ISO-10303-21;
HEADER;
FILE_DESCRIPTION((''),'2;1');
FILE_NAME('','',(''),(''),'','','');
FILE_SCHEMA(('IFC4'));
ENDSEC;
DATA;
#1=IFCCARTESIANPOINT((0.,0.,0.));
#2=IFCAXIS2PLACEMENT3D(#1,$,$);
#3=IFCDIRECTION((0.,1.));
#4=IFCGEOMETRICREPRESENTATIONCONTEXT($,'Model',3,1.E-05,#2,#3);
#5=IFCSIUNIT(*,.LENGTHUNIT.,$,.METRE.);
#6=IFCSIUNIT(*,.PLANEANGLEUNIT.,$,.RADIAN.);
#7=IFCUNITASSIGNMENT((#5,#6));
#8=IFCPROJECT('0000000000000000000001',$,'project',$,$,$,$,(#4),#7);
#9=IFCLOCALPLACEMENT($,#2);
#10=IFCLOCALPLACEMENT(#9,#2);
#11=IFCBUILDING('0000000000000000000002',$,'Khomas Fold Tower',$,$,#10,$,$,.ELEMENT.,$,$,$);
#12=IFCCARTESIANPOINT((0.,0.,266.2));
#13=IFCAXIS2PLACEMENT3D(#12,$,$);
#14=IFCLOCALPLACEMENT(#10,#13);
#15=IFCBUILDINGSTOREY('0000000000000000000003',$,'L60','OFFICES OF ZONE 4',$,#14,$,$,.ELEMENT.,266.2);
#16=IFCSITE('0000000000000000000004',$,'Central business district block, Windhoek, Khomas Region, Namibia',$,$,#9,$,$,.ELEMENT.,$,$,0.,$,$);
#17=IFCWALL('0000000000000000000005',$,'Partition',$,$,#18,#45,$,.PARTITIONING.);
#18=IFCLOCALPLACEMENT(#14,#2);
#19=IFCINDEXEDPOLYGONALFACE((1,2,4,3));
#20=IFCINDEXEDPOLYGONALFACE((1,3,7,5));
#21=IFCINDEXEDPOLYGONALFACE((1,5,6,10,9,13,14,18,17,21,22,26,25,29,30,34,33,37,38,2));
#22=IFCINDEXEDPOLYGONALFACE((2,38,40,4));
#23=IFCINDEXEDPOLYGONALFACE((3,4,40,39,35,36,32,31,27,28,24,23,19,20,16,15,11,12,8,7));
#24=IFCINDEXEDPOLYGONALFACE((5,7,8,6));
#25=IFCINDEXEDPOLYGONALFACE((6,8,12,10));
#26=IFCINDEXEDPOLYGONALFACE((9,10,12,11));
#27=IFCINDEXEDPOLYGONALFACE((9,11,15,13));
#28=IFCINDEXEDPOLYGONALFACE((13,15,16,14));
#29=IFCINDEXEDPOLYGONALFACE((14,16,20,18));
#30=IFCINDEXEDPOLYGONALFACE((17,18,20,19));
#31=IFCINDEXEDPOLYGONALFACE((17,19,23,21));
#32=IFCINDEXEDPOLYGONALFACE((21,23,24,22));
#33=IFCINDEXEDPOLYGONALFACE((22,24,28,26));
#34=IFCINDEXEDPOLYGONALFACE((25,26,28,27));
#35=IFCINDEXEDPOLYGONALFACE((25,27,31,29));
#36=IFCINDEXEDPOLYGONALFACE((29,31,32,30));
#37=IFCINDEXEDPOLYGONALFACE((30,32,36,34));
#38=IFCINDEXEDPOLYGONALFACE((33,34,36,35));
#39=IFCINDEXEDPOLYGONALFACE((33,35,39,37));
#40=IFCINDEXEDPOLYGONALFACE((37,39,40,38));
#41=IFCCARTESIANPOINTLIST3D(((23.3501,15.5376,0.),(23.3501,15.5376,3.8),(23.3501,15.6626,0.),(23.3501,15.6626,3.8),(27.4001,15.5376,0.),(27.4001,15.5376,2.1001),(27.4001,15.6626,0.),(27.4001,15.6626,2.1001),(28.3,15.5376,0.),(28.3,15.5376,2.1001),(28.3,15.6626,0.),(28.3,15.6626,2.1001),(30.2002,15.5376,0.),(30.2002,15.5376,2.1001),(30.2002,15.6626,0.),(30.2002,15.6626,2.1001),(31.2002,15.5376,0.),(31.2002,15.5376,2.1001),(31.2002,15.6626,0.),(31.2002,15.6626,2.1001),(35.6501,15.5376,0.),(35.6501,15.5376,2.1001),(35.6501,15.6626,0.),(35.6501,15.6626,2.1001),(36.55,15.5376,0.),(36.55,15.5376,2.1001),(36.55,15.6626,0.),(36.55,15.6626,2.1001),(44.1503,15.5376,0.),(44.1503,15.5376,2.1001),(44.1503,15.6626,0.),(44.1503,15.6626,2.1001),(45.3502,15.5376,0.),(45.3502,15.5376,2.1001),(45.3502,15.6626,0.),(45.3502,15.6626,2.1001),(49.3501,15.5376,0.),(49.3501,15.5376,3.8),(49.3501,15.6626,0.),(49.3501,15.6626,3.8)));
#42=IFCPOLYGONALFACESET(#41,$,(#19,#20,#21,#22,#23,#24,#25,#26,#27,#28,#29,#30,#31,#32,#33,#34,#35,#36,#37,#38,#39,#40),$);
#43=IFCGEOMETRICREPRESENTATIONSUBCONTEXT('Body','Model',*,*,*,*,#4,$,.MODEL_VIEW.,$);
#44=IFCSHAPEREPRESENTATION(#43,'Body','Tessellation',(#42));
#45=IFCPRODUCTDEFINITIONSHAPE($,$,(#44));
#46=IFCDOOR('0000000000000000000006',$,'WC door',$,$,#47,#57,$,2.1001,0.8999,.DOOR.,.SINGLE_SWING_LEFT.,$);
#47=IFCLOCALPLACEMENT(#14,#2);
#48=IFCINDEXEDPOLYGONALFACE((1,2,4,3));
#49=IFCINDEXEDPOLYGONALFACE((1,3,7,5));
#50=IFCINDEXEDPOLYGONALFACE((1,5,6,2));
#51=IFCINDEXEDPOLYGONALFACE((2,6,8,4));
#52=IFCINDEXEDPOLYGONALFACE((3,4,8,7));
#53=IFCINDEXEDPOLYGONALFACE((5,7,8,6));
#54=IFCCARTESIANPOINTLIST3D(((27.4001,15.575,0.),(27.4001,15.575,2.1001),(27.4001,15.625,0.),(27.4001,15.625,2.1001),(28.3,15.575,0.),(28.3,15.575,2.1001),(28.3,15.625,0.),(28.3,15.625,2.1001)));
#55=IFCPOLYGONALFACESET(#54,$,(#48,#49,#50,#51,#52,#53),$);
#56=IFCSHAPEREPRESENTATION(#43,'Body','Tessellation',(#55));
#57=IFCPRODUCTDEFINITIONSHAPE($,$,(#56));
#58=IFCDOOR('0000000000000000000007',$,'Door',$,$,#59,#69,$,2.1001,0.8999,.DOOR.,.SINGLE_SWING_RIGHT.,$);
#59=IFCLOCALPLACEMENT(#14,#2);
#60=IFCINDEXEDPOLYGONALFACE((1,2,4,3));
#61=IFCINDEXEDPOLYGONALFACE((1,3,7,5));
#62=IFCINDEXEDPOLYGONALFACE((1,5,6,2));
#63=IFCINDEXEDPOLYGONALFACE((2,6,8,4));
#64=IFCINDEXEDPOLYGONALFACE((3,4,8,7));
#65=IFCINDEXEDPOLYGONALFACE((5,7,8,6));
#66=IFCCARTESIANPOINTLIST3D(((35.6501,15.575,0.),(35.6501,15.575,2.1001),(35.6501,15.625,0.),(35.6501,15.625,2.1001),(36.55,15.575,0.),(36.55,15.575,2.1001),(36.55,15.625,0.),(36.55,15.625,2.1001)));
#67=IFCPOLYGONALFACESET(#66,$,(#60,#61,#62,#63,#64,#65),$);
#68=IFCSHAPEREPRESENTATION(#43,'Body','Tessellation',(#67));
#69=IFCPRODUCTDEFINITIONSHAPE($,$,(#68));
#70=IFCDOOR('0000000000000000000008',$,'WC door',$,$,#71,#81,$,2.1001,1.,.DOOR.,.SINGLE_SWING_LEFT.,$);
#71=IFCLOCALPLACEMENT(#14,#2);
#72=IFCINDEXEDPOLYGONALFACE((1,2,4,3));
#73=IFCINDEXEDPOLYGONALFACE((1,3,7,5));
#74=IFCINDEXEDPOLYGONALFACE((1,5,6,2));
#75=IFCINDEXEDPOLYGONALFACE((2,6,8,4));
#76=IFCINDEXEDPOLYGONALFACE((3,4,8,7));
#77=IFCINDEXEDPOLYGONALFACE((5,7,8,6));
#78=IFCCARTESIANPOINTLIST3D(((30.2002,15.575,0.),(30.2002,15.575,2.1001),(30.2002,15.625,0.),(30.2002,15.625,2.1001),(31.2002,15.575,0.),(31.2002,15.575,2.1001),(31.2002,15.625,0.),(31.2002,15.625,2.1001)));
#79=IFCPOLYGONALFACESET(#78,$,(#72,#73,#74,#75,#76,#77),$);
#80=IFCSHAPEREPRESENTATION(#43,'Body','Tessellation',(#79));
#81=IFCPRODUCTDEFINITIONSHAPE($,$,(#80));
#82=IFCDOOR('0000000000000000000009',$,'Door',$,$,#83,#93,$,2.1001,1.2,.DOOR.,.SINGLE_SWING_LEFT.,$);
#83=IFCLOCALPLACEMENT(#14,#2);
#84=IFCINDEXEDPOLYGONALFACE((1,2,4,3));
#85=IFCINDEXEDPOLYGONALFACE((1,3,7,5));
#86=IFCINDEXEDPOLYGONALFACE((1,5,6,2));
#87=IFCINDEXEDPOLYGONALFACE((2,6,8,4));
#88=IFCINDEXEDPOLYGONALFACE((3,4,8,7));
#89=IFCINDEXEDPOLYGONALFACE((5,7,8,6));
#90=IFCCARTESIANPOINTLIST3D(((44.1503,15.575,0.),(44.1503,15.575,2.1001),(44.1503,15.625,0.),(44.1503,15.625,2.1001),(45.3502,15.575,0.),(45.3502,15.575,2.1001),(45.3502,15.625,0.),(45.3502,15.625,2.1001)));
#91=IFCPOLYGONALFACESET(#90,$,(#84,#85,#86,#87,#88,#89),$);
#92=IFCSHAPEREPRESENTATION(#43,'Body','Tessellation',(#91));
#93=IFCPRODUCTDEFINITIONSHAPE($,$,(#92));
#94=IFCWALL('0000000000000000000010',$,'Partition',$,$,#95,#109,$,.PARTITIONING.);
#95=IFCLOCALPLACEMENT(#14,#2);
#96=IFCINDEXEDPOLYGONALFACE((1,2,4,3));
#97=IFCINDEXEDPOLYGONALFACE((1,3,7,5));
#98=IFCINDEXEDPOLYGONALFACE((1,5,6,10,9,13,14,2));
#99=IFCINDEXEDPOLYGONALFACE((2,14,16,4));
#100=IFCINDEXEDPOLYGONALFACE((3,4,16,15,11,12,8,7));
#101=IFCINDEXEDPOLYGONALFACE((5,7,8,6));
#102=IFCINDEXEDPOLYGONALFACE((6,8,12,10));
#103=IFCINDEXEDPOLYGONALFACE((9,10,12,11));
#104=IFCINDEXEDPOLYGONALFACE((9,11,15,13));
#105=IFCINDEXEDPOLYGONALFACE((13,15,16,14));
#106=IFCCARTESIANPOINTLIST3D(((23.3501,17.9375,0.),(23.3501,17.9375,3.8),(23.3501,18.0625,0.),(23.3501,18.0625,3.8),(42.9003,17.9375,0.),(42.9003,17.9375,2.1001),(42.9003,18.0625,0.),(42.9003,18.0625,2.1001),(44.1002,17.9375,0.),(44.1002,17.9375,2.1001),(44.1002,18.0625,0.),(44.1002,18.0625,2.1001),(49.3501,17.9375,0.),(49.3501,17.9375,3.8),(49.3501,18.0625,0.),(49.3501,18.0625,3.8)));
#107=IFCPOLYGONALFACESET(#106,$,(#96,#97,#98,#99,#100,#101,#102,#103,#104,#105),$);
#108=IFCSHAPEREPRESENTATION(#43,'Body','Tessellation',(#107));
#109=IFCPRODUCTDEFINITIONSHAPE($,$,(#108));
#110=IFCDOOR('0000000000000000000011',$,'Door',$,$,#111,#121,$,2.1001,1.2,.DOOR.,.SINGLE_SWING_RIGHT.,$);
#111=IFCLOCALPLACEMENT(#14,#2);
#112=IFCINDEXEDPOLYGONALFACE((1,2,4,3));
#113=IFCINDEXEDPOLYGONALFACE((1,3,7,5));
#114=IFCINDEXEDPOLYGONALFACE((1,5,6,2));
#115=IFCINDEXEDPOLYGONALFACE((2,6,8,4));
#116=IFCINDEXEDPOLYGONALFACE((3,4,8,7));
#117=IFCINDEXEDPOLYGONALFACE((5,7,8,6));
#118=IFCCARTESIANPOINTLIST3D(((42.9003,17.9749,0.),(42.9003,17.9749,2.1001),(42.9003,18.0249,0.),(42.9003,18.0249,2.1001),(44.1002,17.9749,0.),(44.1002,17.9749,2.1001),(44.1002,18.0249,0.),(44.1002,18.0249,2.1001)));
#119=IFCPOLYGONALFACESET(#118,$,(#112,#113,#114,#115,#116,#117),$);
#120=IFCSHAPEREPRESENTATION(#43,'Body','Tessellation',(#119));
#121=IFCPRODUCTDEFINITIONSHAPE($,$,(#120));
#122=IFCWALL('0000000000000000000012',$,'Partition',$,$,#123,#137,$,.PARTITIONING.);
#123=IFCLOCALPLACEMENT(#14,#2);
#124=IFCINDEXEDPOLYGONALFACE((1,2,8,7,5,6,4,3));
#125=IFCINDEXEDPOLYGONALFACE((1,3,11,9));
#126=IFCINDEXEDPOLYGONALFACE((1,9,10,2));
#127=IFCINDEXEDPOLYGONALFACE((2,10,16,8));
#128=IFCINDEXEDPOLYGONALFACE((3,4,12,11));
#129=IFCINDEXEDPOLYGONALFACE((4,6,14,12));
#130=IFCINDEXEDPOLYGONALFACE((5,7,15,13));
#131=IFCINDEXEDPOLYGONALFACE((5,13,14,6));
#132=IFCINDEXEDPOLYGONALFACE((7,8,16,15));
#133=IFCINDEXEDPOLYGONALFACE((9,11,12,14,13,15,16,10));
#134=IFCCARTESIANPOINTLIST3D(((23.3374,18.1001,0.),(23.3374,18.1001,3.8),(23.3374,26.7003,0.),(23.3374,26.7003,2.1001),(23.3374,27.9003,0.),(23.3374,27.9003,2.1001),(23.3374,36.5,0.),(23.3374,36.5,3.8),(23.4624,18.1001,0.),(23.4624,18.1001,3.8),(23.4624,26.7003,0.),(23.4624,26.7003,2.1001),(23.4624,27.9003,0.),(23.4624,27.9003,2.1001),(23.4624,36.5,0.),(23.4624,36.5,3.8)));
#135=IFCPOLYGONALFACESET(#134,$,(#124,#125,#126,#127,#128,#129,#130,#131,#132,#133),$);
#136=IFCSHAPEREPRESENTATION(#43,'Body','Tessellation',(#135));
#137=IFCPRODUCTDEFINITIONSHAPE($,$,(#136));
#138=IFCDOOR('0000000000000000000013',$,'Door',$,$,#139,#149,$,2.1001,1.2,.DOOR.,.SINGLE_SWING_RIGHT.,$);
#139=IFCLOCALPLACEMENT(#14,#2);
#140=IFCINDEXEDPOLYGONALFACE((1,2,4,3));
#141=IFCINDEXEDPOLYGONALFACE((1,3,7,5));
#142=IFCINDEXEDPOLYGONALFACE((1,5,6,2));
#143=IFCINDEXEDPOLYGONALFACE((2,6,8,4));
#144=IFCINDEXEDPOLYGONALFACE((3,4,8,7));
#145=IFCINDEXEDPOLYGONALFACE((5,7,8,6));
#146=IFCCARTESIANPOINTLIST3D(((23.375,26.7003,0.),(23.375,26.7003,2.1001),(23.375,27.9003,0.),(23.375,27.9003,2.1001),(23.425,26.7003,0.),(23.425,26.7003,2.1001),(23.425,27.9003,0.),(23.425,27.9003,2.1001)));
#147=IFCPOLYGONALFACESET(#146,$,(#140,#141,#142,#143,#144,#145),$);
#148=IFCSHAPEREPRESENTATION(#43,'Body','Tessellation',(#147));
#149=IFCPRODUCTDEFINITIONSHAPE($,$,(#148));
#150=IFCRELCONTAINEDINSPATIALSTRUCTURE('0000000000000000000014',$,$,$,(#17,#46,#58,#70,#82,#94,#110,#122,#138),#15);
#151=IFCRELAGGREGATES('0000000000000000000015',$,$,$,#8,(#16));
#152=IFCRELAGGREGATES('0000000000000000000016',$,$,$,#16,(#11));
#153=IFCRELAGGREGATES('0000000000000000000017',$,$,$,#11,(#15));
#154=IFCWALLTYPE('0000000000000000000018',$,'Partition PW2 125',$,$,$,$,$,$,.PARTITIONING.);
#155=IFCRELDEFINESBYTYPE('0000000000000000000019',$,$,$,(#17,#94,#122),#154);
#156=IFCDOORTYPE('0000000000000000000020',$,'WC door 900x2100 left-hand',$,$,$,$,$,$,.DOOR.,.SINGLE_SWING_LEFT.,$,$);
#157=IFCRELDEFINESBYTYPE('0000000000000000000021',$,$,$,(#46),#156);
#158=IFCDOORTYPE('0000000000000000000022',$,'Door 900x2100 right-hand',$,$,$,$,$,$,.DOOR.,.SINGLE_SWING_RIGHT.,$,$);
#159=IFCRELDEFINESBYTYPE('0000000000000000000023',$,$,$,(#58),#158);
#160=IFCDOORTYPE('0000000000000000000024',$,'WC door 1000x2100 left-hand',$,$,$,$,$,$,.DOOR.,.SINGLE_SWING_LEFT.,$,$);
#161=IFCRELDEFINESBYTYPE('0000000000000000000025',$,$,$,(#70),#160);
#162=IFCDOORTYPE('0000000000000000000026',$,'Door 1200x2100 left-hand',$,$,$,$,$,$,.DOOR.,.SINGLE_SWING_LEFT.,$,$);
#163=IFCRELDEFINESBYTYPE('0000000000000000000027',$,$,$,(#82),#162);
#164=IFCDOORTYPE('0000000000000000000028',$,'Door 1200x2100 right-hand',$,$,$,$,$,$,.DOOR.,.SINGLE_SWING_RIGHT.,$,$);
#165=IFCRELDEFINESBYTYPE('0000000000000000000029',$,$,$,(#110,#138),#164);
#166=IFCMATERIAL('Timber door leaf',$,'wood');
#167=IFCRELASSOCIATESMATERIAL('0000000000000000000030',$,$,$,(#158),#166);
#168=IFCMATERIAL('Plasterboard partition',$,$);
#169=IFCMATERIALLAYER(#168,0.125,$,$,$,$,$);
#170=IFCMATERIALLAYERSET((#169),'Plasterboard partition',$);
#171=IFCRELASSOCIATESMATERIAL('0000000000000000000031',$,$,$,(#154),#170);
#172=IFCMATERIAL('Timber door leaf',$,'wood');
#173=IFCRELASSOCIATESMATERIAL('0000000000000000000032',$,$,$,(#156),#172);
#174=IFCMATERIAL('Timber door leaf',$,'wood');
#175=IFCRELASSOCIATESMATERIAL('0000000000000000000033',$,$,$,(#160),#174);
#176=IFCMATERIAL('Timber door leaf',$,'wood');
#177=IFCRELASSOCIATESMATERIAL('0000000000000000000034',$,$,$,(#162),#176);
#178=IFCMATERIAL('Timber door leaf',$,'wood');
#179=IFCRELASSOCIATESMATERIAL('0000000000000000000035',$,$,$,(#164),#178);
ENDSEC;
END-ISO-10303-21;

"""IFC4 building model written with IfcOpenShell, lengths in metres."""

from ifc_helpers import new_model, si_unit, direction, frame, frame_2d, origin, place, context, subcontext, project, spatial, rectangle, extrude, source, transform, mapped, material, layer, layer_set, type_object, element, fill, save


model = new_model("IFC4")

# Units and contexts
model_context = context("Model", 3, precision=1e-05, world=origin(), true_north=direction((0.0, 1.0)))
body_context = subcontext(model_context, "Body", "Model", "MODEL_VIEW")
ifc_project = project(units=[si_unit("LENGTHUNIT", "METRE"), si_unit("PLANEANGLEUNIT", "RADIAN")], contexts=[model_context])

# Site, building, storey
site_placement = place(None, origin())
site = spatial("IfcSite", under=ifc_project, at=site_placement, Name="Central business district block, Windhoek, Khomas Region, Namibia", CompositionType="ELEMENT", RefElevation=0.0)
building_placement = place(site_placement, origin())
building = spatial("IfcBuilding", under=site, at=building_placement, Name="Khomas Fold Tower", CompositionType="ELEMENT")
storey_placement = place(building_placement, frame((0.0, 0.0, 266.2)))
storey = spatial("IfcBuildingStorey", under=building, at=storey_placement, Name="L60", Description="OFFICES OF ZONE 4", CompositionType="ELEMENT", Elevation=266.2)

# Wall, openings, doors
ifc_material_1 = material(Name="Timber door leaf", Category="wood")
door_type_1 = type_object("IfcDoorType", Name="Door 900x2100 right-hand", OperationType="SINGLE_SWING_RIGHT", PredefinedType="DOOR", material=ifc_material_1)
ifc_material_2 = material(Name="Plasterboard partition")
ifc_layer_1 = layer(ifc_material_2, 0.125)
ifc_layer_set_1 = layer_set([ifc_layer_1], Name="Plasterboard partition")
wall_type_1 = type_object("IfcWallType", Name="Partition PW2 125", PredefinedType="PARTITIONING", material=ifc_layer_set_1)
shared_shape_1 = source(origin(), body_context, "Body", "SweptSolid", [
    extrude(rectangle(XDim=26.0, YDim=0.125, at=frame_2d((13.0, 0.0))), origin(), (0.0, 0.0, 1.0), 3.8),
])
wall_1_placement = place(storey_placement, frame((23.3501, 15.6001, 0.0), z_axis=(0.0, 0.0, 1.0), x_axis=(1.0, 0.0, 0.0)))
wall_1 = element("IfcWall", 1, at=wall_1_placement, inside=storey, type_object=wall_type_1, Name="Partition", PredefinedType="PARTITIONING", context=body_context, shape_type="MappedRepresentation", body=[
    mapped(shared_shape_1, transform((0.0, 0.0, 0.0))),
])
shared_shape_2 = source(origin(), body_context, "Body", "SweptSolid", [
    extrude(rectangle(XDim=0.8999, YDim=2.1001, at=frame_2d((0.45, 1.05))), frame((0.0, 0.0725, 0.0), z_axis=(0.0, -1.0, 0.0), x_axis=(1.0, 0.0, 0.0)), (0.0, 0.0, 1.0), 0.145),
])
opening_1_placement = place(wall_1_placement, frame((4.05, 0.0, 0.0)))
opening_1 = element("IfcOpeningElement", 2, at=opening_1_placement, cuts=wall_1, PredefinedType="OPENING", context=body_context, shape_type="MappedRepresentation", body=[
    mapped(shared_shape_2, transform((0.0, 0.0, 0.0))),
])
shared_shape_3 = source(origin(), body_context, "Body", "SweptSolid", [
    extrude(rectangle(XDim=1.0, YDim=2.1001, at=frame_2d((0.5, 1.05))), frame((0.0, 0.0725, 0.0), z_axis=(0.0, -1.0, 0.0), x_axis=(1.0, 0.0, 0.0)), (0.0, 0.0, 1.0), 0.145),
])
opening_2_placement = place(wall_1_placement, frame((6.8501, 0.0, 0.0)))
opening_2 = element("IfcOpeningElement", 3, at=opening_2_placement, cuts=wall_1, PredefinedType="OPENING", context=body_context, shape_type="MappedRepresentation", body=[
    mapped(shared_shape_3, transform((0.0, 0.0, 0.0))),
])
opening_3_placement = place(wall_1_placement, frame((12.3, 0.0, 0.0)))
opening_3 = element("IfcOpeningElement", 4, at=opening_3_placement, cuts=wall_1, PredefinedType="OPENING", context=body_context, shape_type="MappedRepresentation", body=[
    mapped(shared_shape_2, transform((0.0, 0.0, 0.0))),
])
shared_shape_4 = source(origin(), body_context, "Body", "SweptSolid", [
    extrude(rectangle(XDim=1.2, YDim=2.1001, at=frame_2d((0.6001, 1.05))), frame((0.0, 0.0725, 0.0), z_axis=(0.0, -1.0, 0.0), x_axis=(1.0, 0.0, 0.0)), (0.0, 0.0, 1.0), 0.145),
])
opening_4_placement = place(wall_1_placement, frame((20.8, 0.0, 0.0)))
opening_4 = element("IfcOpeningElement", 5, at=opening_4_placement, cuts=wall_1, PredefinedType="OPENING", context=body_context, shape_type="MappedRepresentation", body=[
    mapped(shared_shape_4, transform((0.0, 0.0, 0.0))),
])
ifc_material_3 = material(Name="Timber door leaf", Category="wood")
door_type_2 = type_object("IfcDoorType", Name="WC door 900x2100 left-hand", OperationType="SINGLE_SWING_LEFT", PredefinedType="DOOR", material=ifc_material_3)
shared_shape_5 = source(origin(), body_context, "Body", "SweptSolid", [
    extrude(rectangle(XDim=0.8999, YDim=2.1001, at=frame_2d((0.45, 1.05))), frame((0.0, 0.0249, 0.0), z_axis=(0.0, -1.0, 0.0), x_axis=(1.0, 0.0, 0.0)), (0.0, 0.0, 1.0), 0.05),
])
door_1_placement = place(opening_1_placement, origin())
door_1 = element("IfcDoor", 6, at=door_1_placement, inside=storey, type_object=door_type_2, Name="WC door", OperationType="SINGLE_SWING_LEFT", OverallHeight=2.1001, OverallWidth=0.8999, PredefinedType="DOOR", context=body_context, shape_type="MappedRepresentation", body=[
    mapped(shared_shape_5, transform((0.0, 0.0, 0.0))),
])
fill(opening_1, door_1)
door_2_placement = place(opening_3_placement, origin())
door_2 = element("IfcDoor", 7, at=door_2_placement, inside=storey, type_object=door_type_1, Name="Door", OperationType="SINGLE_SWING_RIGHT", OverallHeight=2.1001, OverallWidth=0.8999, PredefinedType="DOOR", context=body_context, shape_type="MappedRepresentation", body=[
    mapped(shared_shape_5, transform((0.0, 0.0, 0.0))),
])
fill(opening_3, door_2)
ifc_material_4 = material(Name="Timber door leaf", Category="wood")
door_type_3 = type_object("IfcDoorType", Name="WC door 1000x2100 left-hand", OperationType="SINGLE_SWING_LEFT", PredefinedType="DOOR", material=ifc_material_4)
shared_shape_6 = source(origin(), body_context, "Body", "SweptSolid", [
    extrude(rectangle(XDim=1.0, YDim=2.1001, at=frame_2d((0.5, 1.05))), frame((0.0, 0.0249, 0.0), z_axis=(0.0, -1.0, 0.0), x_axis=(1.0, 0.0, 0.0)), (0.0, 0.0, 1.0), 0.05),
])
door_3_placement = place(opening_2_placement, origin())
door_3 = element("IfcDoor", 8, at=door_3_placement, inside=storey, type_object=door_type_3, Name="WC door", OperationType="SINGLE_SWING_LEFT", OverallHeight=2.1001, OverallWidth=1.0, PredefinedType="DOOR", context=body_context, shape_type="MappedRepresentation", body=[
    mapped(shared_shape_6, transform((0.0, 0.0, 0.0))),
])
fill(opening_2, door_3)
ifc_material_5 = material(Name="Timber door leaf", Category="wood")
door_type_4 = type_object("IfcDoorType", Name="Door 1200x2100 left-hand", OperationType="SINGLE_SWING_LEFT", PredefinedType="DOOR", material=ifc_material_5)
shared_shape_7 = source(origin(), body_context, "Body", "SweptSolid", [
    extrude(rectangle(XDim=1.2, YDim=2.1001, at=frame_2d((0.6001, 1.05))), frame((0.0, 0.0249, 0.0), z_axis=(0.0, -1.0, 0.0), x_axis=(1.0, 0.0, 0.0)), (0.0, 0.0, 1.0), 0.05),
])
door_4_placement = place(opening_4_placement, origin())
door_4 = element("IfcDoor", 9, at=door_4_placement, inside=storey, type_object=door_type_4, Name="Door", OperationType="SINGLE_SWING_LEFT", OverallHeight=2.1001, OverallWidth=1.2, PredefinedType="DOOR", context=body_context, shape_type="MappedRepresentation", body=[
    mapped(shared_shape_7, transform((0.0, 0.0, 0.0))),
])
fill(opening_4, door_4)

# Walls, openings, doors
wall_2_placement = place(storey_placement, frame((23.3501, 18.0, 0.0), z_axis=(0.0, 0.0, 1.0), x_axis=(1.0, 0.0, 0.0)))
wall_2 = element("IfcWall", 10, at=wall_2_placement, inside=storey, type_object=wall_type_1, Name="Partition", PredefinedType="PARTITIONING", context=body_context, shape_type="MappedRepresentation", body=[
    mapped(shared_shape_1, transform((0.0, 0.0, 0.0))),
])
opening_5_placement = place(wall_2_placement, frame((19.55, 0.0, 0.0)))
opening_5 = element("IfcOpeningElement", 11, at=opening_5_placement, cuts=wall_2, PredefinedType="OPENING", context=body_context, shape_type="MappedRepresentation", body=[
    mapped(shared_shape_4, transform((0.0, 0.0, 0.0))),
])
ifc_material_6 = material(Name="Timber door leaf", Category="wood")
door_type_5 = type_object("IfcDoorType", Name="Door 1200x2100 right-hand", OperationType="SINGLE_SWING_RIGHT", PredefinedType="DOOR", material=ifc_material_6)
door_5_placement = place(opening_5_placement, origin())
door_5 = element("IfcDoor", 12, at=door_5_placement, inside=storey, type_object=door_type_5, Name="Door", OperationType="SINGLE_SWING_RIGHT", OverallHeight=2.1001, OverallWidth=1.2, PredefinedType="DOOR", context=body_context, shape_type="MappedRepresentation", body=[
    mapped(shared_shape_7, transform((0.0, 0.0, 0.0))),
])
fill(opening_5, door_5)
shared_shape_8 = source(origin(), body_context, "Body", "SweptSolid", [
    extrude(rectangle(XDim=18.3999, YDim=0.125, at=frame_2d((9.2, 0.0))), origin(), (0.0, 0.0, 1.0), 3.8),
])
wall_3_placement = place(storey_placement, frame((23.3999, 18.1001, 0.0), z_axis=(0.0, 0.0, 1.0), x_axis=(0.0, 1.0, 0.0)))
wall_3 = element("IfcWall", 13, at=wall_3_placement, inside=storey, type_object=wall_type_1, Name="Partition", PredefinedType="PARTITIONING", context=body_context, shape_type="MappedRepresentation", body=[
    mapped(shared_shape_8, transform((0.0, 0.0, 0.0))),
])
opening_6_placement = place(wall_3_placement, frame((8.6001, 0.0, 0.0)))
opening_6 = element("IfcOpeningElement", 14, at=opening_6_placement, cuts=wall_3, PredefinedType="OPENING", context=body_context, shape_type="MappedRepresentation", body=[
    mapped(shared_shape_4, transform((0.0, 0.0, 0.0))),
])
door_6_placement = place(opening_6_placement, origin())
door_6 = element("IfcDoor", 15, at=door_6_placement, inside=storey, type_object=door_type_5, Name="Door", OperationType="SINGLE_SWING_RIGHT", OverallHeight=2.1001, OverallWidth=1.2, PredefinedType="DOOR", context=body_context, shape_type="MappedRepresentation", body=[
    mapped(shared_shape_7, transform((0.0, 0.0, 0.0))),
])
fill(opening_6, door_6)

save(model, "model.ifc")
